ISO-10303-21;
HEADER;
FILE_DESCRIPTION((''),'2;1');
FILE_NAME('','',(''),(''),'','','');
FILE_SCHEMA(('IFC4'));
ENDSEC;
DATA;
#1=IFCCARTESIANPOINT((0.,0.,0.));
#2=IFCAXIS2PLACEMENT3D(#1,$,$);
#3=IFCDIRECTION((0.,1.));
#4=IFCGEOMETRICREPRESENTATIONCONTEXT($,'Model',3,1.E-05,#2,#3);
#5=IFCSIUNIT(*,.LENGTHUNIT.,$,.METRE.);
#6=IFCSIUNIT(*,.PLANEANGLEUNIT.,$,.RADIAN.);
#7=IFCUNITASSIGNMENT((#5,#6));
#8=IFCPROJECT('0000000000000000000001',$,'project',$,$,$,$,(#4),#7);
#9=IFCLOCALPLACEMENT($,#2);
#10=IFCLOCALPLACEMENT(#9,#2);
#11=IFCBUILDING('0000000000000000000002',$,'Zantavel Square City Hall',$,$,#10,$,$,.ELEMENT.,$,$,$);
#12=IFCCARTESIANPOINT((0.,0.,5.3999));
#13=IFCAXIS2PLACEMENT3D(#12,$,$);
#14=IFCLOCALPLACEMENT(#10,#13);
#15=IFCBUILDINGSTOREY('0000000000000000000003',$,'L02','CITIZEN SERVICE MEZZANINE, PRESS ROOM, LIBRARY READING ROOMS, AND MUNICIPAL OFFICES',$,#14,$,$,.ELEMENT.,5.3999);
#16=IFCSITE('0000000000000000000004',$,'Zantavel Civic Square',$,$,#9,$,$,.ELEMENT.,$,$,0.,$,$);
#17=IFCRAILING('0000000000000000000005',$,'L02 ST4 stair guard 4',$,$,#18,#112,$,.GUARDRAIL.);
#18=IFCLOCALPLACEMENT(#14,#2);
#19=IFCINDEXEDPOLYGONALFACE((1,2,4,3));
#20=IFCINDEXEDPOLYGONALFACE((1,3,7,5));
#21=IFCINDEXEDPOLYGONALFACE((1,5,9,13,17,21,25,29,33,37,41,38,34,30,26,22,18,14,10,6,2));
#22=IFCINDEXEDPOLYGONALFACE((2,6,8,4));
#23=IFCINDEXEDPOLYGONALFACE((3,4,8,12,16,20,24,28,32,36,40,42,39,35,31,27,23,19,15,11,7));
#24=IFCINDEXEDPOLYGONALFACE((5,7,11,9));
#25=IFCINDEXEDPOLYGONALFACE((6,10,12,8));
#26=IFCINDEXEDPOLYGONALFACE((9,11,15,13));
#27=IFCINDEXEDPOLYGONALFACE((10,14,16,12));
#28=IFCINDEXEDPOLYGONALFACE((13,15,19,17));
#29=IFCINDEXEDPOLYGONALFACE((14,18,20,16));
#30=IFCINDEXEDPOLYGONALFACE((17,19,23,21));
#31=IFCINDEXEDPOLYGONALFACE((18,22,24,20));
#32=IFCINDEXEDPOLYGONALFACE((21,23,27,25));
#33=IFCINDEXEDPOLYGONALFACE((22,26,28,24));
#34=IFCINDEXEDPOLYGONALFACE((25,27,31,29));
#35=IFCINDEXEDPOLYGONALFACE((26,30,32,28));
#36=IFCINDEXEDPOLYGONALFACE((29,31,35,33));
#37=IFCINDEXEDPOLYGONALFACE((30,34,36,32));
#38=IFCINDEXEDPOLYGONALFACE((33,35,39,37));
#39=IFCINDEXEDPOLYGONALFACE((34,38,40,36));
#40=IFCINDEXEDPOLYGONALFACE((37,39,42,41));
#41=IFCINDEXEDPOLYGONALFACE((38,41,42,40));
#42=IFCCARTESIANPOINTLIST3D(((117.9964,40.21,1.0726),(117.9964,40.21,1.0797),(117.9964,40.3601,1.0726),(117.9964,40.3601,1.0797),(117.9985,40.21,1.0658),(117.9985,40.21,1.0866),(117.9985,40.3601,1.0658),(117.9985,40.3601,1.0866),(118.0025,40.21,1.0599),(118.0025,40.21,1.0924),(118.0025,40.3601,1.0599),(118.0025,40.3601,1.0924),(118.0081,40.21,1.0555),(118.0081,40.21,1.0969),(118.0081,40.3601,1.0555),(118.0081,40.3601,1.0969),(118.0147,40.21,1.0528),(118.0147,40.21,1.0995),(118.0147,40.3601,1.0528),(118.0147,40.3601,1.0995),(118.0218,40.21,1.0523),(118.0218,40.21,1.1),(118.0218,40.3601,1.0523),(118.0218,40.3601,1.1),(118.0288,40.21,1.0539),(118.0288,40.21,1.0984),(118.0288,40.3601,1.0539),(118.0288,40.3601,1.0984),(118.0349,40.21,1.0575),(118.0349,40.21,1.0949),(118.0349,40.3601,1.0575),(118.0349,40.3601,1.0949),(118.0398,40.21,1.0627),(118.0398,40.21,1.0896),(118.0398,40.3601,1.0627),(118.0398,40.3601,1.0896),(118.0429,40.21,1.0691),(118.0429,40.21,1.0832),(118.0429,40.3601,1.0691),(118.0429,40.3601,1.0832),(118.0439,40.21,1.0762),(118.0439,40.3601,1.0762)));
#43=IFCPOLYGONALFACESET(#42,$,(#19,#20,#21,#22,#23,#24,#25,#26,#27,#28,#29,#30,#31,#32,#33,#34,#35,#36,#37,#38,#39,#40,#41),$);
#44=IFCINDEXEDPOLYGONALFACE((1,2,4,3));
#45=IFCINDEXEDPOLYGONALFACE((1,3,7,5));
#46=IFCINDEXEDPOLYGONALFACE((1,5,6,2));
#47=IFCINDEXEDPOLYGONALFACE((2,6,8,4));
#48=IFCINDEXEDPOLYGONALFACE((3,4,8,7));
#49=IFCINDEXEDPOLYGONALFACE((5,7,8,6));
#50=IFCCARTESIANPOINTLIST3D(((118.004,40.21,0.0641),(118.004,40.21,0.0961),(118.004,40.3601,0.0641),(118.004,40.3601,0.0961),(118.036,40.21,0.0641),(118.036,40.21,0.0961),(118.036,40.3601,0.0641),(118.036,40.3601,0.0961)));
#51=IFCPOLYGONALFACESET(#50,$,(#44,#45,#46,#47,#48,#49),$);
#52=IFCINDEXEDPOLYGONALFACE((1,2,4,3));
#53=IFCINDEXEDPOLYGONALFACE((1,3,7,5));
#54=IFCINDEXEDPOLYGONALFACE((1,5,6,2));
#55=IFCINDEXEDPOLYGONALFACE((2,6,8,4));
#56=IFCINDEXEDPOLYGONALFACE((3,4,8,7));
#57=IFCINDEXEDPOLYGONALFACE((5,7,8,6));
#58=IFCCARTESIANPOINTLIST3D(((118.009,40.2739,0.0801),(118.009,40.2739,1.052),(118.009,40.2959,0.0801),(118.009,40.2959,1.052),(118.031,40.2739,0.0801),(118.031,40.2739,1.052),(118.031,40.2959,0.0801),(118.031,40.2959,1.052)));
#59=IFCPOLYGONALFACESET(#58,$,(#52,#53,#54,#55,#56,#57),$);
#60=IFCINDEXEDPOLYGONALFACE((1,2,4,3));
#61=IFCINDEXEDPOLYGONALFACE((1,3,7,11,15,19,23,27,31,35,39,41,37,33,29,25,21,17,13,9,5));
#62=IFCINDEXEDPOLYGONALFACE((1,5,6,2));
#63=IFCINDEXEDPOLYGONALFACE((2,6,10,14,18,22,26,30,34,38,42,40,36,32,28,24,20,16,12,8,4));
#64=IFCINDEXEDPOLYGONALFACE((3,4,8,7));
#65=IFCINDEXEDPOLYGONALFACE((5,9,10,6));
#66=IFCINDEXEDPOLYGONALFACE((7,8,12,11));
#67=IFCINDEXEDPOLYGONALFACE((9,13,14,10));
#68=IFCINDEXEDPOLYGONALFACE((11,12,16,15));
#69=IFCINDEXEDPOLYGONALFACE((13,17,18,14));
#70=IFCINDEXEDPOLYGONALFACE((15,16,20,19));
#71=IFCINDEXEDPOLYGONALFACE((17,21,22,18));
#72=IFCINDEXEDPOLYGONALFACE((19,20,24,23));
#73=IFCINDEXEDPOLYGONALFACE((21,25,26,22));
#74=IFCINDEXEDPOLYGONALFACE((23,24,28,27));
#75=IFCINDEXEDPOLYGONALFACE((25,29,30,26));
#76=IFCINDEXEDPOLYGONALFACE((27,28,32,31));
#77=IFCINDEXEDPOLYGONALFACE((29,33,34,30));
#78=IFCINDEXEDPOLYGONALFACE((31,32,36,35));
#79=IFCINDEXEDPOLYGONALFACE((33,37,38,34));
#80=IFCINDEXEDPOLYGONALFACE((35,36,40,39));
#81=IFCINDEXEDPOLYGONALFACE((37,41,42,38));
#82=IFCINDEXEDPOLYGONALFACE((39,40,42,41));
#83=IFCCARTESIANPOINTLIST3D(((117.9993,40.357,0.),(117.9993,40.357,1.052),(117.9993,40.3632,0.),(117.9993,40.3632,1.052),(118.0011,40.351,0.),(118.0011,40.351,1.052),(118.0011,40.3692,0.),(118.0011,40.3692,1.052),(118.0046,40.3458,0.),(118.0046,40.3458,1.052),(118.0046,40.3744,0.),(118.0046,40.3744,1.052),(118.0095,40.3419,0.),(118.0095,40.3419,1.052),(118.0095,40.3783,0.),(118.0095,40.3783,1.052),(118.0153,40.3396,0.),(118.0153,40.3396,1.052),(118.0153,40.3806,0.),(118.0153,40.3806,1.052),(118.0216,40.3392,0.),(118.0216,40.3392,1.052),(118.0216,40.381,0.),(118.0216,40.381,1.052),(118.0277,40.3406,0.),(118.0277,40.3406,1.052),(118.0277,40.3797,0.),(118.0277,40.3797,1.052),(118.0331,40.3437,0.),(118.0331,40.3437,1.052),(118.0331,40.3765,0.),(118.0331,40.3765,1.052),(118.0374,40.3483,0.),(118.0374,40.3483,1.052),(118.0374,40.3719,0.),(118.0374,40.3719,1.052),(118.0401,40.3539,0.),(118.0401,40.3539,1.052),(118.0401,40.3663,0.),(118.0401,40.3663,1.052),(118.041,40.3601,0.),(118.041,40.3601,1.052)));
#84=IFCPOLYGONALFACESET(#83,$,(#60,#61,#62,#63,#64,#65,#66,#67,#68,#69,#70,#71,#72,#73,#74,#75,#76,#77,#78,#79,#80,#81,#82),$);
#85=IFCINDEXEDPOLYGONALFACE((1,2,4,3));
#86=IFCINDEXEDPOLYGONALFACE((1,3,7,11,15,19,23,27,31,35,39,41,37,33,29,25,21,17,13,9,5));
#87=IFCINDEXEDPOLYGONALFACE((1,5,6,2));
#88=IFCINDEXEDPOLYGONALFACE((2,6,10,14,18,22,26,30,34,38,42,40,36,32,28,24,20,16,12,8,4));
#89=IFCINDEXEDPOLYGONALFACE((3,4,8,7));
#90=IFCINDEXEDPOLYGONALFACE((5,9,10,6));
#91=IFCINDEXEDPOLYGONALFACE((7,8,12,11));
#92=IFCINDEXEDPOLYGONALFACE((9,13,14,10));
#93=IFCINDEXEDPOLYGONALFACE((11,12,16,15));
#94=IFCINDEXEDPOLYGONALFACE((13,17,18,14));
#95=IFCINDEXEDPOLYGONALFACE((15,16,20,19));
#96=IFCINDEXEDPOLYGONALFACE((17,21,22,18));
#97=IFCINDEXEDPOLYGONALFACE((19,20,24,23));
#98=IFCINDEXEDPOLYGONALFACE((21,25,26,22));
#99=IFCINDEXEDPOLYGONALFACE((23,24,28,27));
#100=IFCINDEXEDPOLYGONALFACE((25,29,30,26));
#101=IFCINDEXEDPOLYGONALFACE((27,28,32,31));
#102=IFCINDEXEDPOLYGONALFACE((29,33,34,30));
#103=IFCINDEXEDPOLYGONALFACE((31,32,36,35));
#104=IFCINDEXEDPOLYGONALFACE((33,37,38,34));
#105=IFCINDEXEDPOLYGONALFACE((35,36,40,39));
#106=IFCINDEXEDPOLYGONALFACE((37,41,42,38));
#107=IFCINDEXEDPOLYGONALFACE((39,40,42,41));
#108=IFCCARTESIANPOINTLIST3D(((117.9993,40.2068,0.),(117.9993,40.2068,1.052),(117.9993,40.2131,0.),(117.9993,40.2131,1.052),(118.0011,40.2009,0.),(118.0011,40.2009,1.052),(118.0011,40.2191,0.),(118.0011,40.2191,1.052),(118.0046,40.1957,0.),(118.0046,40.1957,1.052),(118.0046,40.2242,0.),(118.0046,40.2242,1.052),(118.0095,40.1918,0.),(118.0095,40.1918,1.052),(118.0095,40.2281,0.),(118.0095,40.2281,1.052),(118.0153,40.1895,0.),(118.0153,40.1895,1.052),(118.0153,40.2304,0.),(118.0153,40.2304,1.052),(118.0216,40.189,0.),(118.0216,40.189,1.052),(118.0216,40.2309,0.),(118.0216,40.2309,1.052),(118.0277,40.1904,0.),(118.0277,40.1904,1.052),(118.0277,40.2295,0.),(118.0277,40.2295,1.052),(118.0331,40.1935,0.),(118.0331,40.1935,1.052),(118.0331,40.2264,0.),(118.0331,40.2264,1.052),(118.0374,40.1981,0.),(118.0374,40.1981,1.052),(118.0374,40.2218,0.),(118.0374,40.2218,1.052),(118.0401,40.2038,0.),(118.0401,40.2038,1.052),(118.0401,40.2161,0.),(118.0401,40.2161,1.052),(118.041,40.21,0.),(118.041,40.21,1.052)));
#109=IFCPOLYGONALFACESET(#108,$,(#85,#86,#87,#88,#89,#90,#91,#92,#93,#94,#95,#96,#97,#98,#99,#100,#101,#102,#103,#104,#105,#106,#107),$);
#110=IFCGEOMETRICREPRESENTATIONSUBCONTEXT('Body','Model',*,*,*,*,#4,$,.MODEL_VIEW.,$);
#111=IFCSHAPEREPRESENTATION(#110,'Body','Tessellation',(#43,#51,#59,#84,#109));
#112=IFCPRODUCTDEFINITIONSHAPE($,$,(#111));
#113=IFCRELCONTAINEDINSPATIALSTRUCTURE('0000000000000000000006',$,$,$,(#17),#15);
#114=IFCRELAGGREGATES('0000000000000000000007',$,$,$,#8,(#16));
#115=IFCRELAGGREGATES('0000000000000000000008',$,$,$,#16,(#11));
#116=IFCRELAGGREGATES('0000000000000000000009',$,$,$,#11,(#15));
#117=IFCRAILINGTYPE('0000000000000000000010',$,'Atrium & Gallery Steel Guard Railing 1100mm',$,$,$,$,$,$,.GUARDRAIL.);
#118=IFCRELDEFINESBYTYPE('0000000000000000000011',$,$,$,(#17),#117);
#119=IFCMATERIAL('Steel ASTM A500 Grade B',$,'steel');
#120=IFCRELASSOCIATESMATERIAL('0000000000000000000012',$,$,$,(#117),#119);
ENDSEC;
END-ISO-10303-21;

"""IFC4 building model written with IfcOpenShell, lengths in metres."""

from ifc_helpers import new_model, si_unit, direction, frame, origin, origin_2d, place, context, subcontext, project, spatial, rectangle, circle, extrude, material, type_object, element, save


model = new_model("IFC4")

# Units and contexts
model_context = context("Model", 3, precision=1e-05, world=origin(), true_north=direction((0.0, 1.0)))
body_context = subcontext(model_context, "Body", "Model", "MODEL_VIEW")
ifc_project = project(units=[si_unit("LENGTHUNIT", "METRE"), si_unit("PLANEANGLEUNIT", "RADIAN")], contexts=[model_context])

# Site, building, storey
site_placement = place(None, origin())
site = spatial("IfcSite", under=ifc_project, at=site_placement, Name="Zantavel Civic Square", CompositionType="ELEMENT", RefElevation=0.0)
building_placement = place(site_placement, origin())
building = spatial("IfcBuilding", under=site, at=building_placement, Name="Zantavel Square City Hall", CompositionType="ELEMENT")
storey_placement = place(building_placement, frame((0.0, 0.0, 5.3999)))
storey = spatial("IfcBuildingStorey", under=building, at=storey_placement, Name="L02", Description="CITIZEN SERVICE MEZZANINE, PRESS ROOM, LIBRARY READING ROOMS, AND MUNICIPAL OFFICES", CompositionType="ELEMENT", Elevation=5.3999)

# Railing
ifc_material_1 = material(Name="Steel ASTM A500 Grade B", Category="steel")
railing_type_1 = type_object("IfcRailingType", Name="Atrium & Gallery Steel Guard Railing 1100mm", PredefinedType="GUARDRAIL", material=ifc_material_1)
railing_1_placement = place(storey_placement, frame((118.02, 40.3601, 0.0)))
element("IfcRailing", 1, at=railing_1_placement, inside=storey, type_object=railing_type_1, Name="L02 ST4 stair guard 4", PredefinedType="GUARDRAIL", context=body_context, shape_type="SweptSolid", body=[
    extrude(circle(Radius=0.0239, at=origin_2d()), frame((0.0, 0.0, 1.0762), z_axis=(0.0, -1.0, 0.0), x_axis=(1.0, 0.0, 0.0)), (0.0, 0.0, 1.0), 0.1501),
    extrude(rectangle(XDim=0.032, YDim=0.032, at=origin_2d()), frame((0.0, 0.0, 0.0801), z_axis=(0.0, -1.0, 0.0), x_axis=(1.0, 0.0, 0.0)), (0.0, 0.0, 1.0), 0.1501),
    extrude(rectangle(XDim=0.022, YDim=0.022, at=origin_2d()), frame((0.0, -0.0752, 0.0801)), (0.0, 0.0, 1.0), 0.9719),
    extrude(circle(Radius=0.021, at=origin_2d()), origin(), (0.0, 0.0, 1.0), 1.052),
    extrude(circle(Radius=0.021, at=origin_2d()), frame((0.0, -0.1501, 0.0)), (0.0, 0.0, 1.0), 1.052),
])

save(model, "model.ifc")
